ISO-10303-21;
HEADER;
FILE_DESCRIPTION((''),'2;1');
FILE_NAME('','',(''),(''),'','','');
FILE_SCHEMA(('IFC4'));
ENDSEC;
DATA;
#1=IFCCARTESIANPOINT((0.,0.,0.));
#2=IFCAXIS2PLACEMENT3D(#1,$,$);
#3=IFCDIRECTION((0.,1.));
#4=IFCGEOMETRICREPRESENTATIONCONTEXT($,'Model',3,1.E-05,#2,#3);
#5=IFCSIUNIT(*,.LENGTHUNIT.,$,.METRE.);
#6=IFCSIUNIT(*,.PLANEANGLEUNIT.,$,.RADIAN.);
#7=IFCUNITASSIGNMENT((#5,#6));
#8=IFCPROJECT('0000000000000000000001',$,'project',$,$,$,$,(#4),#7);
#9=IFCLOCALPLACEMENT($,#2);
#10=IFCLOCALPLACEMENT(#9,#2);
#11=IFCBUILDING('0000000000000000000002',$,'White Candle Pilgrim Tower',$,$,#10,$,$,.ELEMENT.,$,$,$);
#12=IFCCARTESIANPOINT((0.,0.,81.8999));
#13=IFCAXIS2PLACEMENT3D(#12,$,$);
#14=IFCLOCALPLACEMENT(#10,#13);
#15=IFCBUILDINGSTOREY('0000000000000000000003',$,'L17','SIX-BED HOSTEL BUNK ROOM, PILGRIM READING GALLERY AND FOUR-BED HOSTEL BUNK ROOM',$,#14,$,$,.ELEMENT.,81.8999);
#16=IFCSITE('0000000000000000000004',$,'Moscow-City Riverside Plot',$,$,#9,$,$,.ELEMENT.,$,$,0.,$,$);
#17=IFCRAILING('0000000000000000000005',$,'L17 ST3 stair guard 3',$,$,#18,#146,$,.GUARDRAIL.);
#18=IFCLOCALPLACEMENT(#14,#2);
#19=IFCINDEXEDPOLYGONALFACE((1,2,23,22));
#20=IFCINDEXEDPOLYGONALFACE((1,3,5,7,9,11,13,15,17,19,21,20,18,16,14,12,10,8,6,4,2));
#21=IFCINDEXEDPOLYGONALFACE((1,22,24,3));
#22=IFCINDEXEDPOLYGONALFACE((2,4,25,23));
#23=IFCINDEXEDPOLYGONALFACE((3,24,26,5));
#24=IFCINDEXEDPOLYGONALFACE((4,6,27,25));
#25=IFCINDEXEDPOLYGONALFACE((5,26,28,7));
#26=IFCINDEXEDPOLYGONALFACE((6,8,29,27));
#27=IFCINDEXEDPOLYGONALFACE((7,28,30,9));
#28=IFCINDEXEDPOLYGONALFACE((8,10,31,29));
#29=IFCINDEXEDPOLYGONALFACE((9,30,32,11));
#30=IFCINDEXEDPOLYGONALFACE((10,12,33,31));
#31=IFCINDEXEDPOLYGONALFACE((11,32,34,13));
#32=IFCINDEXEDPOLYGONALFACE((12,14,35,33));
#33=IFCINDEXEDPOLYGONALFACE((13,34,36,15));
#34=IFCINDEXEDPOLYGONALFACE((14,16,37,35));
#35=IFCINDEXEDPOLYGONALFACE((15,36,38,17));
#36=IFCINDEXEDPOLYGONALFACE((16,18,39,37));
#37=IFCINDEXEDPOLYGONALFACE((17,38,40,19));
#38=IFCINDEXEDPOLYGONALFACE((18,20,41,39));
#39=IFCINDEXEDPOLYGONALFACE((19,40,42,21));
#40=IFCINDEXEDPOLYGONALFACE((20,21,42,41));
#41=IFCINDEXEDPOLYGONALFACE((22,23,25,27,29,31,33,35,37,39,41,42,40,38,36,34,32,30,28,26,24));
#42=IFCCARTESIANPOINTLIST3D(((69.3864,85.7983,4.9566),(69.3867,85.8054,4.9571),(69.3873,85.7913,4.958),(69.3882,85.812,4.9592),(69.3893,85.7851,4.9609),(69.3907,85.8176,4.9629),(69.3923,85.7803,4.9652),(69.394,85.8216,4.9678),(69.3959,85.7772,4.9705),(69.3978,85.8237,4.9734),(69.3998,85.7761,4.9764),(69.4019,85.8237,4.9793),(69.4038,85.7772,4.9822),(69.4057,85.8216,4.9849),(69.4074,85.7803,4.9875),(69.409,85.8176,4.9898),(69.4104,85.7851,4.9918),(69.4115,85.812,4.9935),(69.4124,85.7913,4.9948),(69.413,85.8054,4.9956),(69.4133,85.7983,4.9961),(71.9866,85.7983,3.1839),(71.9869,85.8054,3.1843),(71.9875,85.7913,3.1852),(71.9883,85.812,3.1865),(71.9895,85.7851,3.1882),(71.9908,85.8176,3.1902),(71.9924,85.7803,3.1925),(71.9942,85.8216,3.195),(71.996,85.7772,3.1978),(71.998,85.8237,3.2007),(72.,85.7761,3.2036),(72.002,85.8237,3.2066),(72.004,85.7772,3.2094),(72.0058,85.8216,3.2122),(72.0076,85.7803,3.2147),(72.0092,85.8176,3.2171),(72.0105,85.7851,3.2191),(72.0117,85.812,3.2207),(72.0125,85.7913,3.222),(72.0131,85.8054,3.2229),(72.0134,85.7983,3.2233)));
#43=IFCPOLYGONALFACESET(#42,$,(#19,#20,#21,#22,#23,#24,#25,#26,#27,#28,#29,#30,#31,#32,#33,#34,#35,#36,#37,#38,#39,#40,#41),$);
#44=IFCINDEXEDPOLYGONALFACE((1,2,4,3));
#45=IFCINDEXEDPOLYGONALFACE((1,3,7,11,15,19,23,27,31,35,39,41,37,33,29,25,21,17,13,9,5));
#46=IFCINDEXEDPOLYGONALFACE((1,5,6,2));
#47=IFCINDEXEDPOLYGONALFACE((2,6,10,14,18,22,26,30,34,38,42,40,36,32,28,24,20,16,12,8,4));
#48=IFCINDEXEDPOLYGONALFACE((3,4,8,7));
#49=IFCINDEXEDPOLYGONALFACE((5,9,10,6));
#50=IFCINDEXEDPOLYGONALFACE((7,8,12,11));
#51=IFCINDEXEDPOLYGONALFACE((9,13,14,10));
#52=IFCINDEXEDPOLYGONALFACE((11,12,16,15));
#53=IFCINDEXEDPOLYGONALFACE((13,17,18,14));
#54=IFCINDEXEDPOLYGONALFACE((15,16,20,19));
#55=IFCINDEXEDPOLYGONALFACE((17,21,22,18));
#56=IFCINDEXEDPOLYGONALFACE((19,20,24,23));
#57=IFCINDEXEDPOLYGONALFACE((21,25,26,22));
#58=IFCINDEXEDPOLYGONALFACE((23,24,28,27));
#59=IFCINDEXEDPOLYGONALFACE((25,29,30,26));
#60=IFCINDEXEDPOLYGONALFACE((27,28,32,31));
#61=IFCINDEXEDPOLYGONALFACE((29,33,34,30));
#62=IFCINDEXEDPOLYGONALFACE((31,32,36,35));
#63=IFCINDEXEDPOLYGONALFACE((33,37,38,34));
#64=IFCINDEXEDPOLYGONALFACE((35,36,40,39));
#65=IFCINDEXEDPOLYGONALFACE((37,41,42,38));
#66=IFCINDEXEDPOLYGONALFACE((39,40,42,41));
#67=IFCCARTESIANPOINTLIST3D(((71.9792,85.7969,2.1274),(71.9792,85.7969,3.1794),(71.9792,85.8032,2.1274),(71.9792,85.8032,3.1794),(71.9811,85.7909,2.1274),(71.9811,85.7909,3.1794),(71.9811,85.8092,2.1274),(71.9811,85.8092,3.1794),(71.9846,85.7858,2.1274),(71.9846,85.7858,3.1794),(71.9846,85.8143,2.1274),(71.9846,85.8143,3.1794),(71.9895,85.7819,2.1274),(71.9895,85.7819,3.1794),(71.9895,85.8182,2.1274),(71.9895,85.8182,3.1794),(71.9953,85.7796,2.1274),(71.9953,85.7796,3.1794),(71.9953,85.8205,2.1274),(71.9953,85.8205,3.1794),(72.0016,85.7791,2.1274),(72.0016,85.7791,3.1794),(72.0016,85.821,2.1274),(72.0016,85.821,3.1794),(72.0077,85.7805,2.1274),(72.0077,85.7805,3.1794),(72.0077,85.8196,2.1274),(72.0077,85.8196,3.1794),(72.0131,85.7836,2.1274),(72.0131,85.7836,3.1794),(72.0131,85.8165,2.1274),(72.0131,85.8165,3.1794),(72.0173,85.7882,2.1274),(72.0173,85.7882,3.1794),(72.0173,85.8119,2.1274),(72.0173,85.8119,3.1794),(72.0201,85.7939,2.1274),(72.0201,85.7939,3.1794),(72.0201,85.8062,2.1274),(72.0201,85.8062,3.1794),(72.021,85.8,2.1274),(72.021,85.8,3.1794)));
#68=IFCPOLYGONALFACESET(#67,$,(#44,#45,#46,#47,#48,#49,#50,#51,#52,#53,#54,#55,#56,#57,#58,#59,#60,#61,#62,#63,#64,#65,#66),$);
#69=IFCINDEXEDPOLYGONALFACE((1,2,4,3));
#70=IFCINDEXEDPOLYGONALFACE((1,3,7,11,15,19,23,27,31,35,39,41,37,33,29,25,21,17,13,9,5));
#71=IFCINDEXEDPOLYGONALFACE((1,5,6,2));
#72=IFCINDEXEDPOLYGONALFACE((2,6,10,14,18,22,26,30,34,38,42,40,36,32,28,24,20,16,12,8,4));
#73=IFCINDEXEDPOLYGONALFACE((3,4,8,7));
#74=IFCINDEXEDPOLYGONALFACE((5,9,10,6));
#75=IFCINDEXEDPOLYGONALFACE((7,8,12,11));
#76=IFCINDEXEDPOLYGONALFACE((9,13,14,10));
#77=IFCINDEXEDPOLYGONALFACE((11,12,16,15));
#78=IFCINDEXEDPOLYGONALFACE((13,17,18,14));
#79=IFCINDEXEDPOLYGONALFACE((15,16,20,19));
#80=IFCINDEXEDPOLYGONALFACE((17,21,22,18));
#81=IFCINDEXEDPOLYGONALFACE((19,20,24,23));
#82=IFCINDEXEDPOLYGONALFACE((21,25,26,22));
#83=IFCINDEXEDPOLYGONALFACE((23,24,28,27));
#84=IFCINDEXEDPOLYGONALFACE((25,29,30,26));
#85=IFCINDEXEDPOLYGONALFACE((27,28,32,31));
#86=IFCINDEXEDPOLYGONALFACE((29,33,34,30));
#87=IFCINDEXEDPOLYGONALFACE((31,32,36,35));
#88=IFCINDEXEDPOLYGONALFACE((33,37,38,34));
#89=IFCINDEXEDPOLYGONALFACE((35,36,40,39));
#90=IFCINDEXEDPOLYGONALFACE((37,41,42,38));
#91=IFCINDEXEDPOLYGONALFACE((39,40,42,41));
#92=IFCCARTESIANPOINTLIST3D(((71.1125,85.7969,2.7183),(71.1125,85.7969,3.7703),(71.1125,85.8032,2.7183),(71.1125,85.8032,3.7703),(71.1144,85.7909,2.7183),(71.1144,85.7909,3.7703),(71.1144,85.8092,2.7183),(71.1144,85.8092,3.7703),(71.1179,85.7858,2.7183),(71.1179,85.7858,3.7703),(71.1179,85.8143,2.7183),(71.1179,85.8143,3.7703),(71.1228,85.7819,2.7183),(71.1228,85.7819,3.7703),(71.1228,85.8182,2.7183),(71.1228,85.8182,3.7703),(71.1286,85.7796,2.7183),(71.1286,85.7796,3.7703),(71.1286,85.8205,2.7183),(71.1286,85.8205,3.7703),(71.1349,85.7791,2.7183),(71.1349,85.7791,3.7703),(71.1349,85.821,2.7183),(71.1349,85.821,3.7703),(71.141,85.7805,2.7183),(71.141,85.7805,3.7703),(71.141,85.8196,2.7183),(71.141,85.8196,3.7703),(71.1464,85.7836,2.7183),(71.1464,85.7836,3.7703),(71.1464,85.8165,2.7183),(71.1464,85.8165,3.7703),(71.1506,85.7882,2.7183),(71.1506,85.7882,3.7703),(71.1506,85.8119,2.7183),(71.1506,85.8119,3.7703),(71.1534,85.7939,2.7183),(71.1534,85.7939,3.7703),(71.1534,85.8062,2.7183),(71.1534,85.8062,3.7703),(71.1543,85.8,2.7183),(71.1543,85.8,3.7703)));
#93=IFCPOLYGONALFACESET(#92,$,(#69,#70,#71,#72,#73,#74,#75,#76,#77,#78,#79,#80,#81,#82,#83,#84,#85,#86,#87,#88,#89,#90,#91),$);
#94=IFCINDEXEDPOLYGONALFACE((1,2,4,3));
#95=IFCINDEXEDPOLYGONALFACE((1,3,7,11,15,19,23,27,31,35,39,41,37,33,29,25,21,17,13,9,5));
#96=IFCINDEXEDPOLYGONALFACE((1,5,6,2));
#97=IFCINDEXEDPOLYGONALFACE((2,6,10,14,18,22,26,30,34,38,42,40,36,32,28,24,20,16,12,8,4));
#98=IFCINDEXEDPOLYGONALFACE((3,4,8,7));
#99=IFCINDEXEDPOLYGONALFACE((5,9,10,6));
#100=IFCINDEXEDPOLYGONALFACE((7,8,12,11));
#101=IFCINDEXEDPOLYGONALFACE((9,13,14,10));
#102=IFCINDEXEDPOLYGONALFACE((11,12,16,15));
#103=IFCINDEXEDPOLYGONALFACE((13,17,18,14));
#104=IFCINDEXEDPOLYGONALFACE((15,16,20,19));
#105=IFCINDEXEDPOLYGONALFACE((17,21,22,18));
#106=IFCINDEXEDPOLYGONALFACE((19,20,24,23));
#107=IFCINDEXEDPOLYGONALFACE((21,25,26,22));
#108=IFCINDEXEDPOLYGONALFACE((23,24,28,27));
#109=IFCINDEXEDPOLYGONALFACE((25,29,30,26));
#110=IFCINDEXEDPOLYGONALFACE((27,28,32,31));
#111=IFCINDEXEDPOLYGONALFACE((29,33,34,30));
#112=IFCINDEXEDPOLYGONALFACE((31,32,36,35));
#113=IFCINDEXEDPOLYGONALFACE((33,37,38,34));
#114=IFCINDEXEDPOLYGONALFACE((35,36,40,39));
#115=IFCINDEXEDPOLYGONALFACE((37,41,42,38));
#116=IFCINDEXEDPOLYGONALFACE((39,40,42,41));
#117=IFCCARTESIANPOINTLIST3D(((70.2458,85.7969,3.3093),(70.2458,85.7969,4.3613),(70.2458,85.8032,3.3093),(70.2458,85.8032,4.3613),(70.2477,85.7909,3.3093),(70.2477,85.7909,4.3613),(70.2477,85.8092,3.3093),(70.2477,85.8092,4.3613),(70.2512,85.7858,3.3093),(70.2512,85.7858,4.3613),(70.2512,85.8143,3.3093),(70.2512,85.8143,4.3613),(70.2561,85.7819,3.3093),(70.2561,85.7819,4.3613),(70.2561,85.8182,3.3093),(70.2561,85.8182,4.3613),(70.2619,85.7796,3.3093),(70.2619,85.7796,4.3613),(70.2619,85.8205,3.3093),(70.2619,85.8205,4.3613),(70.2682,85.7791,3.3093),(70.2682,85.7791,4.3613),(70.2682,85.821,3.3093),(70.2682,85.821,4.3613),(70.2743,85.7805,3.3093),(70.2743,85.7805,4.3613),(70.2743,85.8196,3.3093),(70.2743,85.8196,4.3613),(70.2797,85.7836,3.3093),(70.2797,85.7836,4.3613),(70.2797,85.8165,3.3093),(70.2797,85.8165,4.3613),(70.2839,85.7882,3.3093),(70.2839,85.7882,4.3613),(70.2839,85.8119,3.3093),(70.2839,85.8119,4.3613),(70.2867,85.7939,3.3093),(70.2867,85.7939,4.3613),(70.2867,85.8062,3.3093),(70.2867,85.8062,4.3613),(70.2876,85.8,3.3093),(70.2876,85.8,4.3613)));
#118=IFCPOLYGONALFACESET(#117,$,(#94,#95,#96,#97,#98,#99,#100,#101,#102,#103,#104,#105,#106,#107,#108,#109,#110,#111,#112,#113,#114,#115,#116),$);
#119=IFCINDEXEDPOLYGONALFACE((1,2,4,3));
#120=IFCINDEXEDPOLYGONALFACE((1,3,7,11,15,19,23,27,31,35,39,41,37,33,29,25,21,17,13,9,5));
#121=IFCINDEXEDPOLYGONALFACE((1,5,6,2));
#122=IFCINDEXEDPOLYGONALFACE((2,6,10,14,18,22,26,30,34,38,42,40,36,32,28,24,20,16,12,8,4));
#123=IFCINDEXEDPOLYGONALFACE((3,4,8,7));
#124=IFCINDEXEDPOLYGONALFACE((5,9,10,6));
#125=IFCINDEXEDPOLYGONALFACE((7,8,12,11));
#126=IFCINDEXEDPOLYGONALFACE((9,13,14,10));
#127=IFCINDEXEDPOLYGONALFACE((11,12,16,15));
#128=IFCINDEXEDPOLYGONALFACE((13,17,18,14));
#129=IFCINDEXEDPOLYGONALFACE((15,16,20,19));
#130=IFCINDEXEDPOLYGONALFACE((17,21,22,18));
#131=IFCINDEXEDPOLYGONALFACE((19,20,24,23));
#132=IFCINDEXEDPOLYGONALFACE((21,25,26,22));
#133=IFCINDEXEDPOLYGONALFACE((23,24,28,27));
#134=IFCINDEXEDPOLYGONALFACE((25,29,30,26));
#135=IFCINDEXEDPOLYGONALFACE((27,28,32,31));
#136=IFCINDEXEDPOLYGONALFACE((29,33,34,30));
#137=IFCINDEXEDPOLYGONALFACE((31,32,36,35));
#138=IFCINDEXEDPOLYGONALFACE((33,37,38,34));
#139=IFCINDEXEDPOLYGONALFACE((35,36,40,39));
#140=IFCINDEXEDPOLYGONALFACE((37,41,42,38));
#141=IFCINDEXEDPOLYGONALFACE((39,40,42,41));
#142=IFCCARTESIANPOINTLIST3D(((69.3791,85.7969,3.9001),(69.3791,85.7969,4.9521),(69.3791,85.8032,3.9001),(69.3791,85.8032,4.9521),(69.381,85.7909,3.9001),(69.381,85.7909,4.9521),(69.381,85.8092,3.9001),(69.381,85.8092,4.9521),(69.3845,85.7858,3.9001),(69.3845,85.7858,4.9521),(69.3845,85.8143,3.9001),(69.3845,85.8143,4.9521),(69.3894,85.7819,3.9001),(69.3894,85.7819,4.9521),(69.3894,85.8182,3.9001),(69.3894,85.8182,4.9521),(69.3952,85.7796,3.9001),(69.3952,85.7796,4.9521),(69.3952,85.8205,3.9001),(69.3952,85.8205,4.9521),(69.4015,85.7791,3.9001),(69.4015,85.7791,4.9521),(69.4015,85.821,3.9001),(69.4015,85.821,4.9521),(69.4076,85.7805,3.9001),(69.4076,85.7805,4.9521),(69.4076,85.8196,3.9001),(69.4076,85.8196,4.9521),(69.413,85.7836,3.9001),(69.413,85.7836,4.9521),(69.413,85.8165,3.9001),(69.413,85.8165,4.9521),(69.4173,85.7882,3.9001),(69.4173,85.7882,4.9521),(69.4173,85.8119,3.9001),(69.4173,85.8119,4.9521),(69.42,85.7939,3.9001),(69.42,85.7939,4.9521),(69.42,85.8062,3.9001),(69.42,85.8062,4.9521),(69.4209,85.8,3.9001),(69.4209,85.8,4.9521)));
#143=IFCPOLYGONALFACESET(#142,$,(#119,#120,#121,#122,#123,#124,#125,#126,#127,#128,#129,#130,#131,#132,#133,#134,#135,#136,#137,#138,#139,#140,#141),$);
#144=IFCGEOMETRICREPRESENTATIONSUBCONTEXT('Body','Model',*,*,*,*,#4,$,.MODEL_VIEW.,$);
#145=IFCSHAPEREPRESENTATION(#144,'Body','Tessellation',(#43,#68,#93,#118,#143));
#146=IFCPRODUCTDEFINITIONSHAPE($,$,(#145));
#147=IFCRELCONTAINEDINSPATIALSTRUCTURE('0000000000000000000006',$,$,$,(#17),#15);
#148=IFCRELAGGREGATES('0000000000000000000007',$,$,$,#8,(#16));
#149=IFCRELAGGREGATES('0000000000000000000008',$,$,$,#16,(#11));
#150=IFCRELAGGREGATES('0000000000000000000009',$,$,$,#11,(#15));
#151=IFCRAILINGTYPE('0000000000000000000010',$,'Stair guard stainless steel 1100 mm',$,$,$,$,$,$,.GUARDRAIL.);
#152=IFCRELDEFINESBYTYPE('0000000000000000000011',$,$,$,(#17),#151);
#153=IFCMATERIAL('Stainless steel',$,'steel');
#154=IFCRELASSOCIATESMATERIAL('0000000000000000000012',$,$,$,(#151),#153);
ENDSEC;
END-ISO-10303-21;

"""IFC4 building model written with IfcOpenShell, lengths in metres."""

from ifc_helpers import new_model, si_unit, direction, frame, origin, origin_2d, place, context, subcontext, project, spatial, circle, extrude, material, type_object, element, save


model = new_model("IFC4")

# Units and contexts
model_context = context("Model", 3, precision=1e-05, world=origin(), true_north=direction((0.0, 1.0)))
body_context = subcontext(model_context, "Body", "Model", "MODEL_VIEW")
ifc_project = project(units=[si_unit("LENGTHUNIT", "METRE"), si_unit("PLANEANGLEUNIT", "RADIAN")], contexts=[model_context])

# Site, building, storey
site_placement = place(None, origin())
site = spatial("IfcSite", under=ifc_project, at=site_placement, Name="Moscow-City Riverside Plot", CompositionType="ELEMENT", RefElevation=0.0)
building_placement = place(site_placement, origin())
building = spatial("IfcBuilding", under=site, at=building_placement, Name="White Candle Pilgrim Tower", CompositionType="ELEMENT")
storey_placement = place(building_placement, frame((0.0, 0.0, 81.8999)))
storey = spatial("IfcBuildingStorey", under=building, at=storey_placement, Name="L17", Description="SIX-BED HOSTEL BUNK ROOM, PILGRIM READING GALLERY AND FOUR-BED HOSTEL BUNK ROOM", CompositionType="ELEMENT", Elevation=81.8999)

# Railing
ifc_material_1 = material(Name="Stainless steel", Category="steel")
railing_type_1 = type_object("IfcRailingType", Name="Stair guard stainless steel 1100 mm", PredefinedType="GUARDRAIL", material=ifc_material_1)
railing_1_placement = place(storey_placement, frame((72.0, 85.8, 2.1274)))
element("IfcRailing", 1, at=railing_1_placement, inside=storey, type_object=railing_type_1, Name="L17 ST3 stair guard 3", PredefinedType="GUARDRAIL", context=body_context, shape_type="SweptSolid", body=[
    extrude(circle(Radius=0.0239, at=origin_2d()), frame((0.0, 0.0, 1.0762), z_axis=(-0.82624, 0.0, 0.563318), x_axis=(0.0, -1.0, 0.0)), (0.0, 0.0, 1.0), 3.147),
    extrude(circle(Radius=0.021, at=origin_2d()), origin(), (0.0, 0.0, 1.0), 1.052),
    extrude(circle(Radius=0.021, at=origin_2d()), frame((-0.8667, 0.0, 0.5908)), (0.0, 0.0, 1.0), 1.052),
    extrude(circle(Radius=0.021, at=origin_2d()), frame((-1.7334, 0.0, 1.1819)), (0.0, 0.0, 1.0), 1.052),
    extrude(circle(Radius=0.021, at=origin_2d()), frame((-2.6001, 0.0, 1.7727)), (0.0, 0.0, 1.0), 1.052),
])

save(model, "model.ifc")
